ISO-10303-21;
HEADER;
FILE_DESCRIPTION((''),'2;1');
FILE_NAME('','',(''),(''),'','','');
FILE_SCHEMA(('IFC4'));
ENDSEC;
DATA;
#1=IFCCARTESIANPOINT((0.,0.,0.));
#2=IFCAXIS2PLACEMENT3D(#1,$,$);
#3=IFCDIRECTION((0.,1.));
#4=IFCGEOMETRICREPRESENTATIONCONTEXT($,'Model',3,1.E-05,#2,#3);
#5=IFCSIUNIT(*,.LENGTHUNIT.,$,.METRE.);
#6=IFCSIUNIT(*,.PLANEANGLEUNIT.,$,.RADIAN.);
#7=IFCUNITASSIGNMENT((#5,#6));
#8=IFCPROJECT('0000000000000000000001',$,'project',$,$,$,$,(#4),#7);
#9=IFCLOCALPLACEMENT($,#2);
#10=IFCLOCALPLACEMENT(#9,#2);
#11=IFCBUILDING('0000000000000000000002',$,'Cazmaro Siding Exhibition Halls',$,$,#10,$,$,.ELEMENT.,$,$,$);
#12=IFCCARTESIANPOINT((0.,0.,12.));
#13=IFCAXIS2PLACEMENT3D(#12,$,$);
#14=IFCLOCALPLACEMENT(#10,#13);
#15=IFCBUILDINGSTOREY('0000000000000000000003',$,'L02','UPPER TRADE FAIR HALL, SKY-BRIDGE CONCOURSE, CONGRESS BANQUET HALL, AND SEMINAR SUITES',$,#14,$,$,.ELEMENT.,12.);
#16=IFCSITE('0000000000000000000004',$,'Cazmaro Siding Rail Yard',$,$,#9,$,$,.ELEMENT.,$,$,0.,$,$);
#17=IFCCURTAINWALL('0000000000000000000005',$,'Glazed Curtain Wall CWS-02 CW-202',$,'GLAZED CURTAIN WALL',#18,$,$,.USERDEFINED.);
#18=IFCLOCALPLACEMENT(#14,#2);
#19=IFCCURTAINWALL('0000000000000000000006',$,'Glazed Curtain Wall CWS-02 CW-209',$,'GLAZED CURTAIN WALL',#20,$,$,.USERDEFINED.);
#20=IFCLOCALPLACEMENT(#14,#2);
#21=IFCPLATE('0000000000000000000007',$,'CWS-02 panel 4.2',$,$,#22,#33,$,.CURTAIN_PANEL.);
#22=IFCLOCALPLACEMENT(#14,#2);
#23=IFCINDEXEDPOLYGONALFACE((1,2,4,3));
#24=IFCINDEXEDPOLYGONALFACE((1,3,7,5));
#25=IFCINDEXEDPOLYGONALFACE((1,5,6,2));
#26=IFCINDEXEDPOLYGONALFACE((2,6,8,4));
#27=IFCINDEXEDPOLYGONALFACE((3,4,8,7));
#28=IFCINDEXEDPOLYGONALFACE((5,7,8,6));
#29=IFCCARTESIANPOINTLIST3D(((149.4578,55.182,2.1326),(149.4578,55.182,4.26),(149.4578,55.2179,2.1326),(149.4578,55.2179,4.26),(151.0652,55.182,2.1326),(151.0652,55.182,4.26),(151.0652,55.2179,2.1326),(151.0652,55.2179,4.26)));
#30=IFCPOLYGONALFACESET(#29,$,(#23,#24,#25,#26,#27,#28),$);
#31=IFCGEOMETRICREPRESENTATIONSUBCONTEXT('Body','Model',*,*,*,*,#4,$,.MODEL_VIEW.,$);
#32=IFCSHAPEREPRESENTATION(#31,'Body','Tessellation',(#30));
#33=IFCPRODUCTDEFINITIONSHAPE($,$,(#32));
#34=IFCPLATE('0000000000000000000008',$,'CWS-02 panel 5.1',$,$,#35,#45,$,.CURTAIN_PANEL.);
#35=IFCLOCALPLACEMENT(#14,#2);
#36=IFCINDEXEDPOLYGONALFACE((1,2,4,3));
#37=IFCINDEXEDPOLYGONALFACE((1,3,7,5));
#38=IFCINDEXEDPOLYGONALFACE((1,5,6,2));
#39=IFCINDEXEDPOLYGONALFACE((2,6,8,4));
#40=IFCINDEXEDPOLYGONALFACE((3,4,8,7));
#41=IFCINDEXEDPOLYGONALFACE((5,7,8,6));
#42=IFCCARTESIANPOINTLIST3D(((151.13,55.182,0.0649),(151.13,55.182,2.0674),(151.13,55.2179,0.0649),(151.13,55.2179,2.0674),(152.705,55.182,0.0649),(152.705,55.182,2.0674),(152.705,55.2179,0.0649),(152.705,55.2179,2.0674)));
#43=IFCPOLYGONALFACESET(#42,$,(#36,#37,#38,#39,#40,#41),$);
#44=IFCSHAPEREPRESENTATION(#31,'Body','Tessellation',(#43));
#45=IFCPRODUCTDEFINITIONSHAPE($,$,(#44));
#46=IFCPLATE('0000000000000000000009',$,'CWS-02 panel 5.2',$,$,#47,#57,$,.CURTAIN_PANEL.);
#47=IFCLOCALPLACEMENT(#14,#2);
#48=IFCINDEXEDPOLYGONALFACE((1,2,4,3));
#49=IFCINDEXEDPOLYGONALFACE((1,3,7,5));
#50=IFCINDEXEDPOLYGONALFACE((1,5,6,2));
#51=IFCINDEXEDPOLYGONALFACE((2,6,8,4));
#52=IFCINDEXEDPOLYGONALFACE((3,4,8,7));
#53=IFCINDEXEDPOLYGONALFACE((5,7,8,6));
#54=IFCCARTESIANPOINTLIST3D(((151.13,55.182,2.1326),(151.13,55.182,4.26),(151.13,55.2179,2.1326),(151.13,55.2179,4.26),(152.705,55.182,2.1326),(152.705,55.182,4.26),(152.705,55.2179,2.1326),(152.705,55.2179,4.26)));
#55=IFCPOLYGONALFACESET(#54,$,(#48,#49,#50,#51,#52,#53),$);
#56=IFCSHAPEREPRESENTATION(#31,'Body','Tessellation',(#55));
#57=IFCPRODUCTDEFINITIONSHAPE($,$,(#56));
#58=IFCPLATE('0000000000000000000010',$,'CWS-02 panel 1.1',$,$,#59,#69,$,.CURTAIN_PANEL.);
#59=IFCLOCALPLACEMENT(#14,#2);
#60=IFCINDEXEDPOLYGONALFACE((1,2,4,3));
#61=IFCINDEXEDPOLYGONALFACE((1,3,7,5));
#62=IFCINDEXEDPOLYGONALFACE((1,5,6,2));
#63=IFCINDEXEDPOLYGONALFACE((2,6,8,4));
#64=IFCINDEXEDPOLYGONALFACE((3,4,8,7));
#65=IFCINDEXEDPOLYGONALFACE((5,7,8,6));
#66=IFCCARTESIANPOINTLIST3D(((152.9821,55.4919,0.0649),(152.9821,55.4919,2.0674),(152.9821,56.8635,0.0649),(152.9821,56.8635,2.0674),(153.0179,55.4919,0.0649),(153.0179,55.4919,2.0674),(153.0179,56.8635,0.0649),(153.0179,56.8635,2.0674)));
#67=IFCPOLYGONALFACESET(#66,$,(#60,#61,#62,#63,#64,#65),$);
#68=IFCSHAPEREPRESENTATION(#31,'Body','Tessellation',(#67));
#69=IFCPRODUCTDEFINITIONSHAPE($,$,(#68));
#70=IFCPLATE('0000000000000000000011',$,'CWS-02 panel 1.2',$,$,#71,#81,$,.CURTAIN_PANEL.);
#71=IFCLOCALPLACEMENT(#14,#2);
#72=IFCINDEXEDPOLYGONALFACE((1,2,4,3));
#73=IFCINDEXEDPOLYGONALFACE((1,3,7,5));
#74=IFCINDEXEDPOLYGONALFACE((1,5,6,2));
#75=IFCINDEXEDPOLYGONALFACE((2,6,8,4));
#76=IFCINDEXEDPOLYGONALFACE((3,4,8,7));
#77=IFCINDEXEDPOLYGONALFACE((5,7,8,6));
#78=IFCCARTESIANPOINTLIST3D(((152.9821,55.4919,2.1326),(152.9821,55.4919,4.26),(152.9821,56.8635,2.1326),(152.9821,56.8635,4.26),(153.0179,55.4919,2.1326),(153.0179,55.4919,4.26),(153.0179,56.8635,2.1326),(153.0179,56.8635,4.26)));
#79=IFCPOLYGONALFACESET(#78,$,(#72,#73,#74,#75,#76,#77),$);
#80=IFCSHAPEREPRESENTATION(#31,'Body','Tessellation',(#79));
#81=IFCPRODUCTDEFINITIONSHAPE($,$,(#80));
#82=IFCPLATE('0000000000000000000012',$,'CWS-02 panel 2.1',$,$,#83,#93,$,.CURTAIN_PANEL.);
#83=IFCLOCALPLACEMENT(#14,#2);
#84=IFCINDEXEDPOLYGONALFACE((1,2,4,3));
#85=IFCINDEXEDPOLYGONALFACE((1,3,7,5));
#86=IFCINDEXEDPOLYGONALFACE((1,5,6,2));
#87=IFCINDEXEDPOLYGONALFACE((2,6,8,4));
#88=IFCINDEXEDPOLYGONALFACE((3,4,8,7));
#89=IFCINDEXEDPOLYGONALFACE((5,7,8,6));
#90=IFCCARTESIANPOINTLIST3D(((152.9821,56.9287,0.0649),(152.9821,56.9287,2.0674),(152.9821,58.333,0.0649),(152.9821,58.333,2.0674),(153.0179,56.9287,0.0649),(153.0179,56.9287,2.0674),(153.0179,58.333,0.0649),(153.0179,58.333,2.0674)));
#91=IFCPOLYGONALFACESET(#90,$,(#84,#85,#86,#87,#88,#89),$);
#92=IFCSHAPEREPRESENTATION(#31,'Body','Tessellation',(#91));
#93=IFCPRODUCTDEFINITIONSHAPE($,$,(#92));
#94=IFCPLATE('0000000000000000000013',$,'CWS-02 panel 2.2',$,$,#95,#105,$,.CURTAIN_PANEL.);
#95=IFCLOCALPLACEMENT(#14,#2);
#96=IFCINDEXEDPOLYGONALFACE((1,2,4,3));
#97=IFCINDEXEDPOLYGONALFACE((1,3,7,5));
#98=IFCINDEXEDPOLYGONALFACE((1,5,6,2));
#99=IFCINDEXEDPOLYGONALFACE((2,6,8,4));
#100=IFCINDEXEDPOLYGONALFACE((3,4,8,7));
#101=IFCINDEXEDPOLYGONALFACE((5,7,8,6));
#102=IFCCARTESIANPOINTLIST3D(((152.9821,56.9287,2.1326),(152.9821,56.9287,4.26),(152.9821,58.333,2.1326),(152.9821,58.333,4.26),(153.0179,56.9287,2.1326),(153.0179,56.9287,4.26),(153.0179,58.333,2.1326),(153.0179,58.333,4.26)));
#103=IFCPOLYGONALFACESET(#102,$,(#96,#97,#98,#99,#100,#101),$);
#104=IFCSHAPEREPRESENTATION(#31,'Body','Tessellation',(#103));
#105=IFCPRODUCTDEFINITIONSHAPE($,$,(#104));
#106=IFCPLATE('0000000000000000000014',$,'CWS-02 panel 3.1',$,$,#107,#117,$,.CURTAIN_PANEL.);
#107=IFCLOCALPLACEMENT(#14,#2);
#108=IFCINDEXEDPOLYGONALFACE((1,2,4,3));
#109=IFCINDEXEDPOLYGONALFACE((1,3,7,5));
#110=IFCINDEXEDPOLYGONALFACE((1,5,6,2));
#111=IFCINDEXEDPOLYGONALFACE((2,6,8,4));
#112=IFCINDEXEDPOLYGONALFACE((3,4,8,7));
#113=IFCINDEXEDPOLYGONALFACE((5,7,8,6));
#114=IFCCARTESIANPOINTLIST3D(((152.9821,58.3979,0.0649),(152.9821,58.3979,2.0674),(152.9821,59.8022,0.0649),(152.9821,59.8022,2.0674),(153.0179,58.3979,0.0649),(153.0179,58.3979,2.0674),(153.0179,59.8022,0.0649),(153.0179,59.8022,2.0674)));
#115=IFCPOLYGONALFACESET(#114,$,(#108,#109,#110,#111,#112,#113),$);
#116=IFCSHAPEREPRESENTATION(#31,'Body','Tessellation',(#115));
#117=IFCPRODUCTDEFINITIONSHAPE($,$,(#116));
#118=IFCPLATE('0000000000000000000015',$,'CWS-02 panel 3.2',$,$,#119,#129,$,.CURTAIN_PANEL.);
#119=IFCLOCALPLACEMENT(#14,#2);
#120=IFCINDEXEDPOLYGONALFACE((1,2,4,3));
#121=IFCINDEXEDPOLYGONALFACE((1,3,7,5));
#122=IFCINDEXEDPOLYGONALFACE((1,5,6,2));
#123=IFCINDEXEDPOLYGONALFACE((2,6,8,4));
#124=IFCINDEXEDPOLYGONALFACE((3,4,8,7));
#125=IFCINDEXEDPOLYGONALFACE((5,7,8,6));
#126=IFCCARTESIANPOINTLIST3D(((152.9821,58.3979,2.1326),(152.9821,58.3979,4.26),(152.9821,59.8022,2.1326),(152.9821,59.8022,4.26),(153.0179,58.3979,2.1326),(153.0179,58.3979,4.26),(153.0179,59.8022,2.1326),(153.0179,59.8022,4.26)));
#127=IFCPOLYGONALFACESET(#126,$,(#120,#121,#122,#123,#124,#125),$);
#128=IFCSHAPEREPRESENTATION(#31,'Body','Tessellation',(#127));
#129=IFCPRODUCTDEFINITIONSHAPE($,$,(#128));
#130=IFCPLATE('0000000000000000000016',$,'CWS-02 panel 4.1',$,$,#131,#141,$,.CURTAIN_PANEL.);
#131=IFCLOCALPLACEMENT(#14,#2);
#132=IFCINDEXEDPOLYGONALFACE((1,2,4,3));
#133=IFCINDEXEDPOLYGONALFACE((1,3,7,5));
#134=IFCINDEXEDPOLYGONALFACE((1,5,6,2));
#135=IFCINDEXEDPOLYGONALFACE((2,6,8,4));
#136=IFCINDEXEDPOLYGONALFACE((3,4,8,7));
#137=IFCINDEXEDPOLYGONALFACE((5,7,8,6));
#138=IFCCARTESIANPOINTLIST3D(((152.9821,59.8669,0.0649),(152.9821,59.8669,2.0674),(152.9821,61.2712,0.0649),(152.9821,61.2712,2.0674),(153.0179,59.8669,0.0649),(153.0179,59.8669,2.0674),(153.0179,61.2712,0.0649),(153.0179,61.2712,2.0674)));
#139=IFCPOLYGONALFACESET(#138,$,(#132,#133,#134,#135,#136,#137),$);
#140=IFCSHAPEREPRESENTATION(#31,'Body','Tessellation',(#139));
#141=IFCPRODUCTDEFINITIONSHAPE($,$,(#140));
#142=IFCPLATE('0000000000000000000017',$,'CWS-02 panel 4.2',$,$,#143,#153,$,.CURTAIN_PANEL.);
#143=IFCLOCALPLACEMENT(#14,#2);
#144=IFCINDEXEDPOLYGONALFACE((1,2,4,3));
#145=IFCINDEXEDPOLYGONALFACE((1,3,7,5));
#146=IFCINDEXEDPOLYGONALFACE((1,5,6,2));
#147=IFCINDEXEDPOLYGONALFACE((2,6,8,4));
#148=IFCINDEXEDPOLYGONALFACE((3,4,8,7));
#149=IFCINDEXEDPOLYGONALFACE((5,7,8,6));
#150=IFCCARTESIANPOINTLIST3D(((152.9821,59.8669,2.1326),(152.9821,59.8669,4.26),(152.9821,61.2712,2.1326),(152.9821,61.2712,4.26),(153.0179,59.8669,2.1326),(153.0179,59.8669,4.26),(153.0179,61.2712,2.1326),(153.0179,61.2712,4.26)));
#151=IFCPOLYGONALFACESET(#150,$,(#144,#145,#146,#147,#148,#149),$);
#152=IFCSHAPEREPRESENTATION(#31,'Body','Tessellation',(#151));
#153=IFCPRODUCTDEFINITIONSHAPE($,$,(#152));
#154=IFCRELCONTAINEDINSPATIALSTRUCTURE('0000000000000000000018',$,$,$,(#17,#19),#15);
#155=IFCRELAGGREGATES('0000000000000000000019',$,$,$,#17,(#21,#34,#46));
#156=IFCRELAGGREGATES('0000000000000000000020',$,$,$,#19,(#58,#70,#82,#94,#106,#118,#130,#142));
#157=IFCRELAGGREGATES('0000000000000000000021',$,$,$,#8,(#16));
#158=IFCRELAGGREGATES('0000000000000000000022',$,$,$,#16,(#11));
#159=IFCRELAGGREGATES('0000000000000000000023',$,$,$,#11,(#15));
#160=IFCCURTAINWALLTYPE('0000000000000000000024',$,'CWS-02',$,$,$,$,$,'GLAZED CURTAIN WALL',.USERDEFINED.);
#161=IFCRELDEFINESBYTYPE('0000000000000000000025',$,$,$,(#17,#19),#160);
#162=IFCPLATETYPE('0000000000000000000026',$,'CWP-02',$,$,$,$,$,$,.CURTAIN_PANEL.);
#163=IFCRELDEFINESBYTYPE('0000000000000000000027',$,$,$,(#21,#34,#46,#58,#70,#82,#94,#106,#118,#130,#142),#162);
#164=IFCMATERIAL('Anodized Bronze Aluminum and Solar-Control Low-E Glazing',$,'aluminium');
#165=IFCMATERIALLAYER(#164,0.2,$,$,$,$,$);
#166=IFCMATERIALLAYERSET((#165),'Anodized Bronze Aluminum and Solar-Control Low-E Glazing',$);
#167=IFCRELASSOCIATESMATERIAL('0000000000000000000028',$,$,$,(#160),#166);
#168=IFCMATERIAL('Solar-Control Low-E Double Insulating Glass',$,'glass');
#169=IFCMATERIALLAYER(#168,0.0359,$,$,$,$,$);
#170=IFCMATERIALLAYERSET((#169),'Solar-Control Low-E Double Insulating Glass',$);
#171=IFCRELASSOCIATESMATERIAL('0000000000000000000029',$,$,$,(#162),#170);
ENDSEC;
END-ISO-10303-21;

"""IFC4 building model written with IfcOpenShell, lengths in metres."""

from ifc_helpers import new_model, si_unit, direction, frame, origin, origin_2d, place, context, subcontext, project, spatial, rectangle, extrude, material, layer, layer_set, type_object, element, aggregate, save


model = new_model("IFC4")

# Units and contexts
model_context = context("Model", 3, precision=1e-05, world=origin(), true_north=direction((0.0, 1.0)))
body_context = subcontext(model_context, "Body", "Model", "MODEL_VIEW")
ifc_project = project(units=[si_unit("LENGTHUNIT", "METRE"), si_unit("PLANEANGLEUNIT", "RADIAN")], contexts=[model_context])

# Site, building, storey
site_placement = place(None, origin())
site = spatial("IfcSite", under=ifc_project, at=site_placement, Name="Cazmaro Siding Rail Yard", CompositionType="ELEMENT", RefElevation=0.0)
building_placement = place(site_placement, origin())
building = spatial("IfcBuilding", under=site, at=building_placement, Name="Cazmaro Siding Exhibition Halls", CompositionType="ELEMENT")
storey_placement = place(building_placement, frame((0.0, 0.0, 12.0)))
storey = spatial("IfcBuildingStorey", under=building, at=storey_placement, Name="L02", Description="UPPER TRADE FAIR HALL, SKY-BRIDGE CONCOURSE, CONGRESS BANQUET HALL, AND SEMINAR SUITES", CompositionType="ELEMENT", Elevation=12.0)

# Curtain walls
ifc_material_1 = material(Name="Anodized Bronze Aluminum and Solar-Control Low-E Glazing", Category="aluminium")
ifc_layer_1 = layer(ifc_material_1, 0.2)
ifc_layer_set_1 = layer_set([ifc_layer_1], Name="Anodized Bronze Aluminum and Solar-Control Low-E Glazing")
curtain_wall_type = type_object("IfcCurtainWallType", Name="CWS-02", ElementType="GLAZED CURTAIN WALL", PredefinedType="USERDEFINED", material=ifc_layer_set_1)
curtain_wall_1_placement = place(storey_placement, origin())
curtain_wall_1 = element("IfcCurtainWall", 1, at=curtain_wall_1_placement, inside=storey, type_object=curtain_wall_type, Name="Glazed Curtain Wall CWS-02 CW-202", ObjectType="GLAZED CURTAIN WALL", PredefinedType="USERDEFINED")
curtain_wall_2_placement = place(storey_placement, origin())
curtain_wall_2 = element("IfcCurtainWall", 2, at=curtain_wall_2_placement, inside=storey, type_object=curtain_wall_type, Name="Glazed Curtain Wall CWS-02 CW-209", ObjectType="GLAZED CURTAIN WALL", PredefinedType="USERDEFINED")

# Plates
ifc_material_2 = material(Name="Solar-Control Low-E Double Insulating Glass", Category="glass")
ifc_layer_2 = layer(ifc_material_2, 0.0359)
ifc_layer_set_2 = layer_set([ifc_layer_2], Name="Solar-Control Low-E Double Insulating Glass")
plate_type = type_object("IfcPlateType", Name="CWP-02", PredefinedType="CURTAIN_PANEL", material=ifc_layer_set_2)
plate_1_placement = place(storey_placement, frame((150.2615, 55.2, 2.1326), z_axis=(0.0, 0.0, 1.0), x_axis=(1.0, 0.0, 0.0)))
plate_1 = element("IfcPlate", 3, at=plate_1_placement, type_object=plate_type, Name="CWS-02 panel 4.2", PredefinedType="CURTAIN_PANEL", context=body_context, shape_type="SweptSolid", body=[
    extrude(rectangle(XDim=1.6074, YDim=0.0359, at=origin_2d()), origin(), (0.0, 0.0, 1.0), 2.1274),
])
plate_2_placement = place(storey_placement, frame((151.9175, 55.2, 0.0649), z_axis=(0.0, 0.0, 1.0), x_axis=(1.0, 0.0, 0.0)))
plate_2 = element("IfcPlate", 4, at=plate_2_placement, type_object=plate_type, Name="CWS-02 panel 5.1", PredefinedType="CURTAIN_PANEL", context=body_context, shape_type="SweptSolid", body=[
    extrude(rectangle(XDim=1.575, YDim=0.0359, at=origin_2d()), origin(), (0.0, 0.0, 1.0), 2.0024),
])
plate_3_placement = place(storey_placement, frame((151.9175, 55.2, 2.1326), z_axis=(0.0, 0.0, 1.0), x_axis=(1.0, 0.0, 0.0)))
plate_3 = element("IfcPlate", 5, at=plate_3_placement, type_object=plate_type, Name="CWS-02 panel 5.2", PredefinedType="CURTAIN_PANEL", context=body_context, shape_type="SweptSolid", body=[
    extrude(rectangle(XDim=1.575, YDim=0.0359, at=origin_2d()), origin(), (0.0, 0.0, 1.0), 2.1274),
])
aggregate(curtain_wall_1, [plate_1, plate_2, plate_3])
plate_4_placement = place(storey_placement, frame((153.0, 56.1777, 0.0649), z_axis=(0.0, 0.0, 1.0), x_axis=(0.0, 1.0, 0.0)))
plate_4 = element("IfcPlate", 6, at=plate_4_placement, type_object=plate_type, Name="CWS-02 panel 1.1", PredefinedType="CURTAIN_PANEL", context=body_context, shape_type="SweptSolid", body=[
    extrude(rectangle(XDim=1.3716, YDim=0.0359, at=origin_2d()), origin(), (0.0, 0.0, 1.0), 2.0024),
])
plate_5_placement = place(storey_placement, frame((153.0, 56.1777, 2.1326), z_axis=(0.0, 0.0, 1.0), x_axis=(0.0, 1.0, 0.0)))
plate_5 = element("IfcPlate", 7, at=plate_5_placement, type_object=plate_type, Name="CWS-02 panel 1.2", PredefinedType="CURTAIN_PANEL", context=body_context, shape_type="SweptSolid", body=[
    extrude(rectangle(XDim=1.3716, YDim=0.0359, at=origin_2d()), origin(), (0.0, 0.0, 1.0), 2.1274),
])
plate_6_placement = place(storey_placement, frame((153.0, 57.6309, 0.0649), z_axis=(0.0, 0.0, 1.0), x_axis=(0.0, 1.0, 0.0)))
plate_6 = element("IfcPlate", 8, at=plate_6_placement, type_object=plate_type, Name="CWS-02 panel 2.1", PredefinedType="CURTAIN_PANEL", context=body_context, shape_type="SweptSolid", body=[
    extrude(rectangle(XDim=1.4043, YDim=0.0359, at=origin_2d()), origin(), (0.0, 0.0, 1.0), 2.0024),
])
plate_7_placement = place(storey_placement, frame((153.0, 57.6309, 2.1326), z_axis=(0.0, 0.0, 1.0), x_axis=(0.0, 1.0, 0.0)))
plate_7 = element("IfcPlate", 9, at=plate_7_placement, type_object=plate_type, Name="CWS-02 panel 2.2", PredefinedType="CURTAIN_PANEL", context=body_context, shape_type="SweptSolid", body=[
    extrude(rectangle(XDim=1.4043, YDim=0.0359, at=origin_2d()), origin(), (0.0, 0.0, 1.0), 2.1274),
])
plate_8_placement = place(storey_placement, frame((153.0, 59.1001, 0.0649), z_axis=(0.0, 0.0, 1.0), x_axis=(0.0, 1.0, 0.0)))
plate_8 = element("IfcPlate", 10, at=plate_8_placement, type_object=plate_type, Name="CWS-02 panel 3.1", PredefinedType="CURTAIN_PANEL", context=body_context, shape_type="SweptSolid", body=[
    extrude(rectangle(XDim=1.4043, YDim=0.0359, at=origin_2d()), origin(), (0.0, 0.0, 1.0), 2.0024),
])
plate_9_placement = place(storey_placement, frame((153.0, 59.1001, 2.1326), z_axis=(0.0, 0.0, 1.0), x_axis=(0.0, 1.0, 0.0)))
plate_9 = element("IfcPlate", 11, at=plate_9_placement, type_object=plate_type, Name="CWS-02 panel 3.2", PredefinedType="CURTAIN_PANEL", context=body_context, shape_type="SweptSolid", body=[
    extrude(rectangle(XDim=1.4043, YDim=0.0359, at=origin_2d()), origin(), (0.0, 0.0, 1.0), 2.1274),
])
plate_10_placement = place(storey_placement, frame((153.0, 60.5691, 0.0649), z_axis=(0.0, 0.0, 1.0), x_axis=(0.0, 1.0, 0.0)))
plate_10 = element("IfcPlate", 12, at=plate_10_placement, type_object=plate_type, Name="CWS-02 panel 4.1", PredefinedType="CURTAIN_PANEL", context=body_context, shape_type="SweptSolid", body=[
    extrude(rectangle(XDim=1.4043, YDim=0.0359, at=origin_2d()), origin(), (0.0, 0.0, 1.0), 2.0024),
])
plate_11_placement = place(storey_placement, frame((153.0, 60.5691, 2.1326), z_axis=(0.0, 0.0, 1.0), x_axis=(0.0, 1.0, 0.0)))
plate_11 = element("IfcPlate", 13, at=plate_11_placement, type_object=plate_type, Name="CWS-02 panel 4.2", PredefinedType="CURTAIN_PANEL", context=body_context, shape_type="SweptSolid", body=[
    extrude(rectangle(XDim=1.4043, YDim=0.0359, at=origin_2d()), origin(), (0.0, 0.0, 1.0), 2.1274),
])
aggregate(curtain_wall_2, [plate_4, plate_5, plate_6, plate_7, plate_8, plate_9, plate_10, plate_11])

save(model, "model.ifc")
